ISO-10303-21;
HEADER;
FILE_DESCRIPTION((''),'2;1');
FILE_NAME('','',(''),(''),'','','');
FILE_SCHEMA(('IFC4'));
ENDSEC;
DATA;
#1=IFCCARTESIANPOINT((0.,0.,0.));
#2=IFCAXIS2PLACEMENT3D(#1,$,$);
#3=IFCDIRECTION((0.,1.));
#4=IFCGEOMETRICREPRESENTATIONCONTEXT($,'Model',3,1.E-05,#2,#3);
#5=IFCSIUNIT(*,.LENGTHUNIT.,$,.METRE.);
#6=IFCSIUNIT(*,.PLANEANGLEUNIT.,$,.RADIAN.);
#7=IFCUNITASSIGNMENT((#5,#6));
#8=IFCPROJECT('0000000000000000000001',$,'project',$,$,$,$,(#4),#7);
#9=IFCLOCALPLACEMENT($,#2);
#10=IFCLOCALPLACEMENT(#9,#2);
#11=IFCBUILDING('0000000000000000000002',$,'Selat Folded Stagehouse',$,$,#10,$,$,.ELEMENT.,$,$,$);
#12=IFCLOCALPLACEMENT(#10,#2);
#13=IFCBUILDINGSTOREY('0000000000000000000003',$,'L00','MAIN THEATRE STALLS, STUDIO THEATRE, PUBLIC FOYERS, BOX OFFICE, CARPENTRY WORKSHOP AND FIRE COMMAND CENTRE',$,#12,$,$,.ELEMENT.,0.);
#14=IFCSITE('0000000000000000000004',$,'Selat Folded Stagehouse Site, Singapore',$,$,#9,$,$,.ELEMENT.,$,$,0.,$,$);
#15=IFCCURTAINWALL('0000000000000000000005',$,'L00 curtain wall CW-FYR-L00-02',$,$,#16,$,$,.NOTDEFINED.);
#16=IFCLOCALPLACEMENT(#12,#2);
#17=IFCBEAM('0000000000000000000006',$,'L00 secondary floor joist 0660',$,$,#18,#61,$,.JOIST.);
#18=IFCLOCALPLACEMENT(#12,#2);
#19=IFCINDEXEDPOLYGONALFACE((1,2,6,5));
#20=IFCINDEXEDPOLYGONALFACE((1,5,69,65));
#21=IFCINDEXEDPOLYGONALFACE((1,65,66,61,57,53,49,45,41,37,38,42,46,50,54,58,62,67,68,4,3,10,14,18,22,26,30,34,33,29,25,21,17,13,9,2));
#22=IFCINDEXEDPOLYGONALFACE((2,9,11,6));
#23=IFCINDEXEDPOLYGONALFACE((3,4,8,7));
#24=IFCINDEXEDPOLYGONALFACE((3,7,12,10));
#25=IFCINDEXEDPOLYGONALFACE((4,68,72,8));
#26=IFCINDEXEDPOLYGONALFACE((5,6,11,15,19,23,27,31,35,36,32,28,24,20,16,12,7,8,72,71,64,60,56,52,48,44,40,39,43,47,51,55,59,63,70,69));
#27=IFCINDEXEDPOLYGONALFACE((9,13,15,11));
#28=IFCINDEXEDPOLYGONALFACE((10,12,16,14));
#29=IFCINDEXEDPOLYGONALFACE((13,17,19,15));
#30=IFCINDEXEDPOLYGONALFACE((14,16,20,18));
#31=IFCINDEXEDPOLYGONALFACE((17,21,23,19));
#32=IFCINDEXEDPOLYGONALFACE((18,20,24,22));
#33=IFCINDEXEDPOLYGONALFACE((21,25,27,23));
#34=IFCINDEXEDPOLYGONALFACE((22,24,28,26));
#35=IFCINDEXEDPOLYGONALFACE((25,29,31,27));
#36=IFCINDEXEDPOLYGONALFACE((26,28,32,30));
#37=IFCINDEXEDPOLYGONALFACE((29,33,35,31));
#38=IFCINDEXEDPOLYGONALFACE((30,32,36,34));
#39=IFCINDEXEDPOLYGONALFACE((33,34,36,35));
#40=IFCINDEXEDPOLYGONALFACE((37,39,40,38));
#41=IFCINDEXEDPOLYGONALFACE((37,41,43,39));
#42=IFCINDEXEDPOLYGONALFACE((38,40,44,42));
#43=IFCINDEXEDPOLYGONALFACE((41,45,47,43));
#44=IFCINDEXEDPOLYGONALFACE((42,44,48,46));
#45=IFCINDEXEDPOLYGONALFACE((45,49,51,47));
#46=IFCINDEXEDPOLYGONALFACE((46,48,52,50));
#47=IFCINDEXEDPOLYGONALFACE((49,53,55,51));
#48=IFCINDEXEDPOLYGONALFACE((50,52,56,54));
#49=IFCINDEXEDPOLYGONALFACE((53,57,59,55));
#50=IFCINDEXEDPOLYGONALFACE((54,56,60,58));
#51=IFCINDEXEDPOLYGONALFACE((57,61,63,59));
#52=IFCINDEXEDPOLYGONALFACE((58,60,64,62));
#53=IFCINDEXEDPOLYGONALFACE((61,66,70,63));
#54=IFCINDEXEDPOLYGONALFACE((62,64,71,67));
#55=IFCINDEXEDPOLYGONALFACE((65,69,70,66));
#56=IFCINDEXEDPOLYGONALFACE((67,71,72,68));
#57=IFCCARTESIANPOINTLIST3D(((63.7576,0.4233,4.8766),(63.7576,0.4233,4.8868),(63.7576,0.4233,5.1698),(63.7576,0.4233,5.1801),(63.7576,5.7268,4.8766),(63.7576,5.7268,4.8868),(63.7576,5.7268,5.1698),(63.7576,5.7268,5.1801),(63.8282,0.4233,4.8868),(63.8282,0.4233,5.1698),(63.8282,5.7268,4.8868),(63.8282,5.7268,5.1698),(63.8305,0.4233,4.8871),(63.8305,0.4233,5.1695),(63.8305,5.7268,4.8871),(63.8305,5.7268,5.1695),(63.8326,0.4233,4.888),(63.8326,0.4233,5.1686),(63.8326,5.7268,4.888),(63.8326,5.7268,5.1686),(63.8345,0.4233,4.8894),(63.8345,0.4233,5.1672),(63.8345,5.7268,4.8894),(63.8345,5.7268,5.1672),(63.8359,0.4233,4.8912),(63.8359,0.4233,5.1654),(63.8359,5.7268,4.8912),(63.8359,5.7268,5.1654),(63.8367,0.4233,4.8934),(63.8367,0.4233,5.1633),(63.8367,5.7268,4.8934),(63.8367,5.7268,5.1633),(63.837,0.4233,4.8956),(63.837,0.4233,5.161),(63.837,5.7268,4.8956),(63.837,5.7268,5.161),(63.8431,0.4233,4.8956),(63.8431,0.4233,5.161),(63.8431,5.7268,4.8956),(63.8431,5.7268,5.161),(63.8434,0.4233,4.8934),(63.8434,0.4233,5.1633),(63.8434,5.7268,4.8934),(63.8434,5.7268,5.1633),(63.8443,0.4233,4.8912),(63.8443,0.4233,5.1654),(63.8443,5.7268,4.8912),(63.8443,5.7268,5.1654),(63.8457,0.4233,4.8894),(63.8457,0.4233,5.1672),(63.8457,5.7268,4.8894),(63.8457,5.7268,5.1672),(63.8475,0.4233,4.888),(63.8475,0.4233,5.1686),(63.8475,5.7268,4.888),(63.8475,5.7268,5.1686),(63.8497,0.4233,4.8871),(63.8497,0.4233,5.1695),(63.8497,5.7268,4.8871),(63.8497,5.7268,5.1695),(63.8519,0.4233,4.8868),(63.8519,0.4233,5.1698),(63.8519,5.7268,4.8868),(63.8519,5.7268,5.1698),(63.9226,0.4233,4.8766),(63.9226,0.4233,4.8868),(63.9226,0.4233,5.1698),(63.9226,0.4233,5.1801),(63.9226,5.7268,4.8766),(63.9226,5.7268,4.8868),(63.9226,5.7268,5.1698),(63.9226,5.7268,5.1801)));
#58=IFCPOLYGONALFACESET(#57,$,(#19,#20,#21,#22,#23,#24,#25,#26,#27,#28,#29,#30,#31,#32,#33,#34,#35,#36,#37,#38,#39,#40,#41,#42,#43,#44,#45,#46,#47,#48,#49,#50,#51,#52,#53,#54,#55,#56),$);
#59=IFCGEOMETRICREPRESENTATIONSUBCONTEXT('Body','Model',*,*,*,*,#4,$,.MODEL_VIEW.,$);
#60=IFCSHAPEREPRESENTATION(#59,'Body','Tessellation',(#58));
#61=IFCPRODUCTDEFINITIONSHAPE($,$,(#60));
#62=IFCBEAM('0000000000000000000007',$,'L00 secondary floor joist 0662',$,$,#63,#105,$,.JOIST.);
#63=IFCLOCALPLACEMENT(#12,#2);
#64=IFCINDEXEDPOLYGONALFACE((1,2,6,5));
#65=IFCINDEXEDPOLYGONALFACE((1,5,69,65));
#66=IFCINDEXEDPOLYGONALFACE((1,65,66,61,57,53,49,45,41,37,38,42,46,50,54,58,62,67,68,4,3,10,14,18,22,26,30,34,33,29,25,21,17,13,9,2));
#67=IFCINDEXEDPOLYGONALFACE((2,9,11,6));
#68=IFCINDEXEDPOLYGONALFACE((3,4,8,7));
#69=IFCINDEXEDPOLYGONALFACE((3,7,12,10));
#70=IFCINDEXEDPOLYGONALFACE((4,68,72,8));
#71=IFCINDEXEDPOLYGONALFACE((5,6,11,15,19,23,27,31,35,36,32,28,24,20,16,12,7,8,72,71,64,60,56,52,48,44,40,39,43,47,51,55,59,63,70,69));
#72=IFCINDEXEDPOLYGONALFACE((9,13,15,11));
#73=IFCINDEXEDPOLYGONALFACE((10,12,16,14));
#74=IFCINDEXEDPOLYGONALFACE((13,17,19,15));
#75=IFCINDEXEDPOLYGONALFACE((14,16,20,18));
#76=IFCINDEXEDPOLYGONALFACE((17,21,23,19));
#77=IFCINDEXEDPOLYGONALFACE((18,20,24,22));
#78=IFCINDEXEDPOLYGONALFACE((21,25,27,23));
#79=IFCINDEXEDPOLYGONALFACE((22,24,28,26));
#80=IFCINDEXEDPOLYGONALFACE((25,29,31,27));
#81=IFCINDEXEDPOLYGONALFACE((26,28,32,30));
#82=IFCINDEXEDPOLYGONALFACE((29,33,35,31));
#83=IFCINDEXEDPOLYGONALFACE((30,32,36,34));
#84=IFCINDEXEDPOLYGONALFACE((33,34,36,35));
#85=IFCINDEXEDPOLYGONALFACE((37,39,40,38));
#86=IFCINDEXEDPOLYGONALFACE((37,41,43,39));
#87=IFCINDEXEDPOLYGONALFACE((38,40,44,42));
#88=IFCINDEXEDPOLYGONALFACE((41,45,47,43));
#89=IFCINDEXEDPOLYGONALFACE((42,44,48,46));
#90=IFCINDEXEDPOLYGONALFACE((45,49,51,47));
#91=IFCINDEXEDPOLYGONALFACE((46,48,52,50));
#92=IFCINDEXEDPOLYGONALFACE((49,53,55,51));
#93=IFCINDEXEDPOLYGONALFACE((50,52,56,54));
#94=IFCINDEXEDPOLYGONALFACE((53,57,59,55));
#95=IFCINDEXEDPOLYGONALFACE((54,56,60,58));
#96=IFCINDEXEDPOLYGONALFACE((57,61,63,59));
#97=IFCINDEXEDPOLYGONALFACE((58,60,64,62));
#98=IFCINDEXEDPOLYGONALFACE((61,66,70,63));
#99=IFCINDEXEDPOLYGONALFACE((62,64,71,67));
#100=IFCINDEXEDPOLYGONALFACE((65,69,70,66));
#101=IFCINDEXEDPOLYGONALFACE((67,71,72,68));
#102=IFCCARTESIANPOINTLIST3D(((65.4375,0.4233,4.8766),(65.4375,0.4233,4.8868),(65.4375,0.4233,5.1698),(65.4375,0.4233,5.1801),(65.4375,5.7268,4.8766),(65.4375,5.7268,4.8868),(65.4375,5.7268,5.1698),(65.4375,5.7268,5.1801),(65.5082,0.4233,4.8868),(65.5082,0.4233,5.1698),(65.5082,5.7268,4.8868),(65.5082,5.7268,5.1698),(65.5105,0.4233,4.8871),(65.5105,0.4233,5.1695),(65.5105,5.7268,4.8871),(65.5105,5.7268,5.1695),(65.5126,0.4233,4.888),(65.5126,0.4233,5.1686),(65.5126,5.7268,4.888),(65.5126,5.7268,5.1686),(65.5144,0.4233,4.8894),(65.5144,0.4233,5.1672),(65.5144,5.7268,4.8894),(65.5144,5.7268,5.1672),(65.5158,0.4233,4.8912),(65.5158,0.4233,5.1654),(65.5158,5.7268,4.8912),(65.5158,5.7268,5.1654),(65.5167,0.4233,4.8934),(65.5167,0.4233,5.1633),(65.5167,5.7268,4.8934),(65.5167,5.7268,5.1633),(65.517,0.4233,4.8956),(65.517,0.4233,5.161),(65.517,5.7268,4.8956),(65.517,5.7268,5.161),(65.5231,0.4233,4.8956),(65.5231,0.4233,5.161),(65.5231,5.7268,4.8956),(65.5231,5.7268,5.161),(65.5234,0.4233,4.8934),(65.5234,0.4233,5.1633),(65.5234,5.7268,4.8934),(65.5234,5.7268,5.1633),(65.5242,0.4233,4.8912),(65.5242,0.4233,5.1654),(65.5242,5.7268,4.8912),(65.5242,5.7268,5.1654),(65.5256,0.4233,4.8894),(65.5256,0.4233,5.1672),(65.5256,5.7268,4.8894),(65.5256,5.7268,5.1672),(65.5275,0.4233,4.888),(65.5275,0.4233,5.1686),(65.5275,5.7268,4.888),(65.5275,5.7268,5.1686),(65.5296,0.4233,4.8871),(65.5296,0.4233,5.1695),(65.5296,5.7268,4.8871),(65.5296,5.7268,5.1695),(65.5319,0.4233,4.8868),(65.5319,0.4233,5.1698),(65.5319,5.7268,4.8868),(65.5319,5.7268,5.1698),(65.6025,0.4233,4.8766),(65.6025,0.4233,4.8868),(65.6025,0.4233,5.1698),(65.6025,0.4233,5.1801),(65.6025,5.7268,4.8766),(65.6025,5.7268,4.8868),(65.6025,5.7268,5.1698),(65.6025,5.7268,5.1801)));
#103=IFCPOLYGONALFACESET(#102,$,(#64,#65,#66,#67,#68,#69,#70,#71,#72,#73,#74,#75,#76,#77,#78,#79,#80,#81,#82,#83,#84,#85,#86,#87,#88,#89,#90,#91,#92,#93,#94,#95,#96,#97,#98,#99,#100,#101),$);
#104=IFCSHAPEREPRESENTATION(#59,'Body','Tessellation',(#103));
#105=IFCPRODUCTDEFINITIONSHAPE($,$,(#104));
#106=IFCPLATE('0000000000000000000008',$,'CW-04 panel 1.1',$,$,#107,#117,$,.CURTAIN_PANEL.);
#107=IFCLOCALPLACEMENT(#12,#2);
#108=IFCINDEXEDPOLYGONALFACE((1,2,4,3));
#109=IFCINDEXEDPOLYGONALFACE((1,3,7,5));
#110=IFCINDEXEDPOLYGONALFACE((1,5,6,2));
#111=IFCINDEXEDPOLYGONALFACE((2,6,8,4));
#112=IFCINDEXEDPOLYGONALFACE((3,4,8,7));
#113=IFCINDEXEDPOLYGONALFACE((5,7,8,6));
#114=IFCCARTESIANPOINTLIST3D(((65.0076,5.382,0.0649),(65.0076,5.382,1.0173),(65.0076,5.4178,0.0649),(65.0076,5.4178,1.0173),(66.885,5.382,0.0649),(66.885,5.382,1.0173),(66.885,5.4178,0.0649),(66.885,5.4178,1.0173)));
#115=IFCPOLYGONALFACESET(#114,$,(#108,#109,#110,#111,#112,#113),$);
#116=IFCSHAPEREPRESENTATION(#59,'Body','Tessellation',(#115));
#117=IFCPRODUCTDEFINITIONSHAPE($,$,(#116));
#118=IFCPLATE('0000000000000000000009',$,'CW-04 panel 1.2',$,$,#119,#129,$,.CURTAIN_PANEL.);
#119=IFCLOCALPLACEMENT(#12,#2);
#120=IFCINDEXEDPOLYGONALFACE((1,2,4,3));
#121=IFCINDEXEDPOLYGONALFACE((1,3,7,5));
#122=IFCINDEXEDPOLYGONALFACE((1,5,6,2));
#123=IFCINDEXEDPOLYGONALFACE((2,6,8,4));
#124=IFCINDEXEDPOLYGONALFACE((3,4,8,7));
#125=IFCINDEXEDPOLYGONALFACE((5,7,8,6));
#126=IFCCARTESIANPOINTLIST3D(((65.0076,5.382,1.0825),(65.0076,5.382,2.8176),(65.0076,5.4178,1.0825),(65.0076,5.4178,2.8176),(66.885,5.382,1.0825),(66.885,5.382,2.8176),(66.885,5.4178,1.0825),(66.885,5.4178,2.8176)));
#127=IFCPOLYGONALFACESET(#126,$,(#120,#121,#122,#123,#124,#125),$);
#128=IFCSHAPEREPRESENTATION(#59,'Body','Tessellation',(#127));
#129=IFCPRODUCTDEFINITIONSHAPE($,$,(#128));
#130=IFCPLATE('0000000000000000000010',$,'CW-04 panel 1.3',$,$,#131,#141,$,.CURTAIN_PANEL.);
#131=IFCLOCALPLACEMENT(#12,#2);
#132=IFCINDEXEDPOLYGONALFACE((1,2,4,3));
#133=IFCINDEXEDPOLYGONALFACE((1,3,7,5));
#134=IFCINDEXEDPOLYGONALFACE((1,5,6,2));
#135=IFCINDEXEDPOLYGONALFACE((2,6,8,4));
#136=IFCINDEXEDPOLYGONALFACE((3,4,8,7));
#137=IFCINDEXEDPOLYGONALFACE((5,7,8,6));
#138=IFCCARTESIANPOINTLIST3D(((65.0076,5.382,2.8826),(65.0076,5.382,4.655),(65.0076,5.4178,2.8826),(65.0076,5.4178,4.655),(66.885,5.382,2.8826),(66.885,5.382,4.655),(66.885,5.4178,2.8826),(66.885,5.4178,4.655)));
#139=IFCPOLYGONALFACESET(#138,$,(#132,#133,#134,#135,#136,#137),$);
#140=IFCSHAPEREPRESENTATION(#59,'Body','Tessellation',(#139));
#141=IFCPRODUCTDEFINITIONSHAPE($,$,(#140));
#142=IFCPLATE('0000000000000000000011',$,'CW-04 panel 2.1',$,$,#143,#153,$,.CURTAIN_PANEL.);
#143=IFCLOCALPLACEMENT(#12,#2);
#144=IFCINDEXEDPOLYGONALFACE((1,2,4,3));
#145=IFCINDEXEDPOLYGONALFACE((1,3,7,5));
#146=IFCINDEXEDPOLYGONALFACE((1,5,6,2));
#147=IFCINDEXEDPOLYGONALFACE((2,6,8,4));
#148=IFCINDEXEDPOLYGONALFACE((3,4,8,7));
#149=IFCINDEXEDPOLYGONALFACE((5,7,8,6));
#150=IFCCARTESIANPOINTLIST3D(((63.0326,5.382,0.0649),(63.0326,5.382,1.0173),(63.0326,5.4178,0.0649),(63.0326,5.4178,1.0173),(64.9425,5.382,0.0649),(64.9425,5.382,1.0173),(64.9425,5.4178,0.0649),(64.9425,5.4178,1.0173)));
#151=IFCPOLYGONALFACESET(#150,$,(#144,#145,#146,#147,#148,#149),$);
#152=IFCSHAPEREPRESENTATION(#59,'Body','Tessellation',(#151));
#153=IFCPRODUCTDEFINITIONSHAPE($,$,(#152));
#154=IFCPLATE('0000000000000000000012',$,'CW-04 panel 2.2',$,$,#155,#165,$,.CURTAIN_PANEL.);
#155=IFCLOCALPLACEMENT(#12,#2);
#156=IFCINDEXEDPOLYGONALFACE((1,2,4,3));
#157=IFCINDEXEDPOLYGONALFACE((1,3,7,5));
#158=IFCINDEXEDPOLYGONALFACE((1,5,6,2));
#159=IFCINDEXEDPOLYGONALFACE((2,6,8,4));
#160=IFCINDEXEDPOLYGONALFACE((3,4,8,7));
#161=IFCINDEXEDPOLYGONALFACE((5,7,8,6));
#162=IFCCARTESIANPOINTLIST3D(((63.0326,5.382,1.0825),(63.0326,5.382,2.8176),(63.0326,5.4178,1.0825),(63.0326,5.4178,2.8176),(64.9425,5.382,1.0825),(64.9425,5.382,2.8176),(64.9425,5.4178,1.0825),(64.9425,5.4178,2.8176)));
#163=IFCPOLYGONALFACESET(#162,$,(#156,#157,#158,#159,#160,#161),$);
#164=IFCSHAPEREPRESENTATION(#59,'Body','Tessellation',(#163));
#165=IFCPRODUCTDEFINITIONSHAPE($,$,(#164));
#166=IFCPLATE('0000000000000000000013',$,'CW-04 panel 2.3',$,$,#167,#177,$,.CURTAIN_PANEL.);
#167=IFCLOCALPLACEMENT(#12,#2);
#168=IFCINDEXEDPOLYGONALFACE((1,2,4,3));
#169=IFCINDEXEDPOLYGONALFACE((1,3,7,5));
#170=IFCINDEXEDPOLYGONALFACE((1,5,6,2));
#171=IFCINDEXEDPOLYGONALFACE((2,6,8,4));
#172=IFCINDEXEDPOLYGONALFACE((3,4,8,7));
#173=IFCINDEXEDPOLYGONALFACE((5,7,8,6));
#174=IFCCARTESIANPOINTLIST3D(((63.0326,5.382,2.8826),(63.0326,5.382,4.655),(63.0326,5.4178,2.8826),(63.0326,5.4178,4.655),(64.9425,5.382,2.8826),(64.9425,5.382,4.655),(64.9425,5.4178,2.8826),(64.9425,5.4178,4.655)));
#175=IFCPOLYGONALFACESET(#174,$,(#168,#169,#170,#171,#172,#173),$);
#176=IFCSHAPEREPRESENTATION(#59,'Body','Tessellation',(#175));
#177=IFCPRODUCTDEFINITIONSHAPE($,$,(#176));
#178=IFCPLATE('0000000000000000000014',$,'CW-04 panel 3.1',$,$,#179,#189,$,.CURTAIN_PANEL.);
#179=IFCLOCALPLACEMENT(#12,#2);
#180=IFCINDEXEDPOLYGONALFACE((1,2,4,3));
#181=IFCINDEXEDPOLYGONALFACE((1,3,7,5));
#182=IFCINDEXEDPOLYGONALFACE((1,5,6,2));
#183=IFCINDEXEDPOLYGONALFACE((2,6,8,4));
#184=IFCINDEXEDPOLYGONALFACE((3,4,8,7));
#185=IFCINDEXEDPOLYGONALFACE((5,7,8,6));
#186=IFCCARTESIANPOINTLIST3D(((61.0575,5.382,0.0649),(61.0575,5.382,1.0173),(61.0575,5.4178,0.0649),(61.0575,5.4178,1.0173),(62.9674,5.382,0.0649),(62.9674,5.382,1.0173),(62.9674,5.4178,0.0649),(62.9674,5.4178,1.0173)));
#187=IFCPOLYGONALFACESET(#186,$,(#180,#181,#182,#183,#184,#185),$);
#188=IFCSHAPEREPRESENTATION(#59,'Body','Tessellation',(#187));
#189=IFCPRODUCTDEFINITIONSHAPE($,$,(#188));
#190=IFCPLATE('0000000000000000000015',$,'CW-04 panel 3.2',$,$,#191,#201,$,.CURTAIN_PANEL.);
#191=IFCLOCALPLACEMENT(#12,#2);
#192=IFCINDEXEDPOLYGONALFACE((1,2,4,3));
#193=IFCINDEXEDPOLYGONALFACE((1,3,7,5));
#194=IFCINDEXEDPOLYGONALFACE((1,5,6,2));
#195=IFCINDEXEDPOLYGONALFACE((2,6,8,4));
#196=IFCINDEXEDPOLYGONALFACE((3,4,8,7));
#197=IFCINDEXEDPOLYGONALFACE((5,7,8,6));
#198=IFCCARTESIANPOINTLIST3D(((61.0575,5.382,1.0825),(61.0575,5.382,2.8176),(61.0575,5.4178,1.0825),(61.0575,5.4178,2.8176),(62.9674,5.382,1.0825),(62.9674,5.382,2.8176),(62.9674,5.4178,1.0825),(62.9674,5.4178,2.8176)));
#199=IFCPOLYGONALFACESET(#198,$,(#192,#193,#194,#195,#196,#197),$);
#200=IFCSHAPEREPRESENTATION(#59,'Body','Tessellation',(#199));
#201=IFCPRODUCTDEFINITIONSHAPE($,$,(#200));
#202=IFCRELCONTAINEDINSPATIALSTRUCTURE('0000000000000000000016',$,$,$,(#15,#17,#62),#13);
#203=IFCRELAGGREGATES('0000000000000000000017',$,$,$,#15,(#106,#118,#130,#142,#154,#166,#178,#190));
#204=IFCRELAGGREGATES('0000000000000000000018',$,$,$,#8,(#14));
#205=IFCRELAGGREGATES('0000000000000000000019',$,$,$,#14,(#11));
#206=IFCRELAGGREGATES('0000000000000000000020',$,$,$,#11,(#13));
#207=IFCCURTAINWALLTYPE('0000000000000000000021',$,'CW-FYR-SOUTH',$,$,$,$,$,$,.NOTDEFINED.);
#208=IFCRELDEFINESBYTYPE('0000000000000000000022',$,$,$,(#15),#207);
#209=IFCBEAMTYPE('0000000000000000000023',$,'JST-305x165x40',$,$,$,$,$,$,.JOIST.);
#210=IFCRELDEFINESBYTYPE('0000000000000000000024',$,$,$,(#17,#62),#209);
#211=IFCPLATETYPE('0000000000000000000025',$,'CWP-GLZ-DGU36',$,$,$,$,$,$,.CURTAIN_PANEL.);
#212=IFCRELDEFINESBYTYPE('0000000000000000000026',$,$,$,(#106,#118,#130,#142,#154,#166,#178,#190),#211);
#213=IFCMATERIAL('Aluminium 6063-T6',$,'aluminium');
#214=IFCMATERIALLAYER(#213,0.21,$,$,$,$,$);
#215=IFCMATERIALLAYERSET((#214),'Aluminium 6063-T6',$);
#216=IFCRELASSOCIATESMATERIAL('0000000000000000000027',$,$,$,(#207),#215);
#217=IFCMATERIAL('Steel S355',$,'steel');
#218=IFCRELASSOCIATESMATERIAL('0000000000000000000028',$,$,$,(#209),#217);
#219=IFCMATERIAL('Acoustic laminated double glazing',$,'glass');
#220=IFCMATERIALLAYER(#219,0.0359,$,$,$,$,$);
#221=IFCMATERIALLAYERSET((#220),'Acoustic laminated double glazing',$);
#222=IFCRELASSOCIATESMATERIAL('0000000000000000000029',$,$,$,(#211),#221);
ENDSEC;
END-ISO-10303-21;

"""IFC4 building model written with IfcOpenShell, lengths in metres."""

from ifc_helpers import new_model, si_unit, direction, frame, origin, origin_2d, place, context, subcontext, project, spatial, rectangle, i_section, extrude, material, layer, layer_set, material_profile, profile_set, type_object, element, aggregate, save


model = new_model("IFC4")

# Units and contexts
model_context = context("Model", 3, precision=1e-05, world=origin(), true_north=direction((0.0, 1.0)))
body_context = subcontext(model_context, "Body", "Model", "MODEL_VIEW")
ifc_project = project(units=[si_unit("LENGTHUNIT", "METRE"), si_unit("PLANEANGLEUNIT", "RADIAN")], contexts=[model_context])

# Site, building, storey
site_placement = place(None, origin())
site = spatial("IfcSite", under=ifc_project, at=site_placement, Name="Selat Folded Stagehouse Site, Singapore", CompositionType="ELEMENT", RefElevation=0.0)
building_placement = place(site_placement, origin())
building = spatial("IfcBuilding", under=site, at=building_placement, Name="Selat Folded Stagehouse", CompositionType="ELEMENT")
storey_placement = place(building_placement, origin())
storey = spatial("IfcBuildingStorey", under=building, at=storey_placement, Name="L00", Description="MAIN THEATRE STALLS, STUDIO THEATRE, PUBLIC FOYERS, BOX OFFICE, CARPENTRY WORKSHOP AND FIRE COMMAND CENTRE", CompositionType="ELEMENT", Elevation=0.0)

# Shared definitions
ifc_material_1 = material(Name="Steel S355", Category="steel")

# Curtain wall
ifc_material_2 = material(Name="Aluminium 6063-T6", Category="aluminium")
ifc_layer_1 = layer(ifc_material_2, 0.21)
ifc_layer_set_1 = layer_set([ifc_layer_1], Name="Aluminium 6063-T6")
curtain_wall_type = type_object("IfcCurtainWallType", Name="CW-FYR-SOUTH", PredefinedType="NOTDEFINED", material=ifc_layer_set_1)
curtain_wall_placement = place(storey_placement, origin())
curtain_wall = element("IfcCurtainWall", 1, at=curtain_wall_placement, inside=storey, type_object=curtain_wall_type, Name="L00 curtain wall CW-FYR-L00-02", PredefinedType="NOTDEFINED")

# Beams
ifc_material_profile_1 = material_profile(ifc_material_1, i_section(OverallWidth=0.165, OverallDepth=0.3035, WebThickness=0.0061, FlangeThickness=0.0103, FilletRadius=0.0088, at=origin_2d()), Name="UKB 305x165x40")
ifc_profile_set_1 = profile_set([ifc_material_profile_1], Name="Steel S355")
beam_type = type_object("IfcBeamType", Name="JST-305x165x40", PredefinedType="JOIST", material=ifc_profile_set_1)
for number, where, z_axis, x_axis, name in (
    (2, (63.8401, 0.4233, 5.0283), (0.0, 1.0, 0.0), (-1.0, 0.0, 0.0), "L00 secondary floor joist 0660"),
    (3, (65.52, 0.4233, 5.0283), (0.0, 1.0, 0.0), (-1.0, 0.0, 0.0), "L00 secondary floor joist 0662"),
):
    element("IfcBeam", number, at=place(storey_placement, frame(where, z_axis=z_axis, x_axis=x_axis)), inside=storey, type_object=beam_type, Name=name, PredefinedType="JOIST", context=body_context, shape_type="SweptSolid", body=[
        extrude(i_section(OverallWidth=0.165, OverallDepth=0.3035, WebThickness=0.0061, FlangeThickness=0.0103, FilletRadius=0.0088, at=origin_2d()), origin(), (0.0, 0.0, 1.0), 5.3035),
    ])

# Plates
ifc_material_3 = material(Name="Acoustic laminated double glazing", Category="glass")
ifc_layer_2 = layer(ifc_material_3, 0.0359)
ifc_layer_set_2 = layer_set([ifc_layer_2], Name="Acoustic laminated double glazing")
plate_type = type_object("IfcPlateType", Name="CWP-GLZ-DGU36", PredefinedType="CURTAIN_PANEL", material=ifc_layer_set_2)
plate_1_placement = place(storey_placement, frame((65.9463, 5.3999, 0.0649), z_axis=(0.0, 0.0, 1.0), x_axis=(-1.0, 0.0, 0.0)))
plate_1 = element("IfcPlate", 4, at=plate_1_placement, type_object=plate_type, Name="CW-04 panel 1.1", PredefinedType="CURTAIN_PANEL", context=body_context, shape_type="SweptSolid", body=[
    extrude(rectangle(XDim=1.8774, YDim=0.0359, at=origin_2d()), origin(), (0.0, 0.0, 1.0), 0.9524),
])
plate_2_placement = place(storey_placement, frame((65.9463, 5.3999, 1.0825), z_axis=(0.0, 0.0, 1.0), x_axis=(-1.0, 0.0, 0.0)))
plate_2 = element("IfcPlate", 5, at=plate_2_placement, type_object=plate_type, Name="CW-04 panel 1.2", PredefinedType="CURTAIN_PANEL", context=body_context, shape_type="SweptSolid", body=[
    extrude(rectangle(XDim=1.8774, YDim=0.0359, at=origin_2d()), origin(), (0.0, 0.0, 1.0), 1.7351),
])
plate_3_placement = place(storey_placement, frame((65.9463, 5.3999, 2.8826), z_axis=(0.0, 0.0, 1.0), x_axis=(-1.0, 0.0, 0.0)))
plate_3 = element("IfcPlate", 6, at=plate_3_placement, type_object=plate_type, Name="CW-04 panel 1.3", PredefinedType="CURTAIN_PANEL", context=body_context, shape_type="SweptSolid", body=[
    extrude(rectangle(XDim=1.8774, YDim=0.0359, at=origin_2d()), origin(), (0.0, 0.0, 1.0), 1.7725),
])
plate_4_placement = place(storey_placement, frame((63.9875, 5.3999, 0.0649), z_axis=(0.0, 0.0, 1.0), x_axis=(-1.0, 0.0, 0.0)))
plate_4 = element("IfcPlate", 7, at=plate_4_placement, type_object=plate_type, Name="CW-04 panel 2.1", PredefinedType="CURTAIN_PANEL", context=body_context, shape_type="SweptSolid", body=[
    extrude(rectangle(XDim=1.9099, YDim=0.0359, at=origin_2d()), origin(), (0.0, 0.0, 1.0), 0.9524),
])
plate_5_placement = place(storey_placement, frame((63.9875, 5.3999, 1.0825), z_axis=(0.0, 0.0, 1.0), x_axis=(-1.0, 0.0, 0.0)))
plate_5 = element("IfcPlate", 8, at=plate_5_placement, type_object=plate_type, Name="CW-04 panel 2.2", PredefinedType="CURTAIN_PANEL", context=body_context, shape_type="SweptSolid", body=[
    extrude(rectangle(XDim=1.9099, YDim=0.0359, at=origin_2d()), origin(), (0.0, 0.0, 1.0), 1.7351),
])
plate_6_placement = place(storey_placement, frame((63.9875, 5.3999, 2.8826), z_axis=(0.0, 0.0, 1.0), x_axis=(-1.0, 0.0, 0.0)))
plate_6 = element("IfcPlate", 9, at=plate_6_placement, type_object=plate_type, Name="CW-04 panel 2.3", PredefinedType="CURTAIN_PANEL", context=body_context, shape_type="SweptSolid", body=[
    extrude(rectangle(XDim=1.9099, YDim=0.0359, at=origin_2d()), origin(), (0.0, 0.0, 1.0), 1.7725),
])
plate_7_placement = place(storey_placement, frame((62.0125, 5.3999, 0.0649), z_axis=(0.0, 0.0, 1.0), x_axis=(-1.0, 0.0, 0.0)))
plate_7 = element("IfcPlate", 10, at=plate_7_placement, type_object=plate_type, Name="CW-04 panel 3.1", PredefinedType="CURTAIN_PANEL", context=body_context, shape_type="SweptSolid", body=[
    extrude(rectangle(XDim=1.9099, YDim=0.0359, at=origin_2d()), origin(), (0.0, 0.0, 1.0), 0.9524),
])
plate_8_placement = place(storey_placement, frame((62.0125, 5.3999, 1.0825), z_axis=(0.0, 0.0, 1.0), x_axis=(-1.0, 0.0, 0.0)))
plate_8 = element("IfcPlate", 11, at=plate_8_placement, type_object=plate_type, Name="CW-04 panel 3.2", PredefinedType="CURTAIN_PANEL", context=body_context, shape_type="SweptSolid", body=[
    extrude(rectangle(XDim=1.9099, YDim=0.0359, at=origin_2d()), origin(), (0.0, 0.0, 1.0), 1.7351),
])
aggregate(curtain_wall, [plate_1, plate_2, plate_3, plate_4, plate_5, plate_6, plate_7, plate_8])

save(model, "model.ifc")
